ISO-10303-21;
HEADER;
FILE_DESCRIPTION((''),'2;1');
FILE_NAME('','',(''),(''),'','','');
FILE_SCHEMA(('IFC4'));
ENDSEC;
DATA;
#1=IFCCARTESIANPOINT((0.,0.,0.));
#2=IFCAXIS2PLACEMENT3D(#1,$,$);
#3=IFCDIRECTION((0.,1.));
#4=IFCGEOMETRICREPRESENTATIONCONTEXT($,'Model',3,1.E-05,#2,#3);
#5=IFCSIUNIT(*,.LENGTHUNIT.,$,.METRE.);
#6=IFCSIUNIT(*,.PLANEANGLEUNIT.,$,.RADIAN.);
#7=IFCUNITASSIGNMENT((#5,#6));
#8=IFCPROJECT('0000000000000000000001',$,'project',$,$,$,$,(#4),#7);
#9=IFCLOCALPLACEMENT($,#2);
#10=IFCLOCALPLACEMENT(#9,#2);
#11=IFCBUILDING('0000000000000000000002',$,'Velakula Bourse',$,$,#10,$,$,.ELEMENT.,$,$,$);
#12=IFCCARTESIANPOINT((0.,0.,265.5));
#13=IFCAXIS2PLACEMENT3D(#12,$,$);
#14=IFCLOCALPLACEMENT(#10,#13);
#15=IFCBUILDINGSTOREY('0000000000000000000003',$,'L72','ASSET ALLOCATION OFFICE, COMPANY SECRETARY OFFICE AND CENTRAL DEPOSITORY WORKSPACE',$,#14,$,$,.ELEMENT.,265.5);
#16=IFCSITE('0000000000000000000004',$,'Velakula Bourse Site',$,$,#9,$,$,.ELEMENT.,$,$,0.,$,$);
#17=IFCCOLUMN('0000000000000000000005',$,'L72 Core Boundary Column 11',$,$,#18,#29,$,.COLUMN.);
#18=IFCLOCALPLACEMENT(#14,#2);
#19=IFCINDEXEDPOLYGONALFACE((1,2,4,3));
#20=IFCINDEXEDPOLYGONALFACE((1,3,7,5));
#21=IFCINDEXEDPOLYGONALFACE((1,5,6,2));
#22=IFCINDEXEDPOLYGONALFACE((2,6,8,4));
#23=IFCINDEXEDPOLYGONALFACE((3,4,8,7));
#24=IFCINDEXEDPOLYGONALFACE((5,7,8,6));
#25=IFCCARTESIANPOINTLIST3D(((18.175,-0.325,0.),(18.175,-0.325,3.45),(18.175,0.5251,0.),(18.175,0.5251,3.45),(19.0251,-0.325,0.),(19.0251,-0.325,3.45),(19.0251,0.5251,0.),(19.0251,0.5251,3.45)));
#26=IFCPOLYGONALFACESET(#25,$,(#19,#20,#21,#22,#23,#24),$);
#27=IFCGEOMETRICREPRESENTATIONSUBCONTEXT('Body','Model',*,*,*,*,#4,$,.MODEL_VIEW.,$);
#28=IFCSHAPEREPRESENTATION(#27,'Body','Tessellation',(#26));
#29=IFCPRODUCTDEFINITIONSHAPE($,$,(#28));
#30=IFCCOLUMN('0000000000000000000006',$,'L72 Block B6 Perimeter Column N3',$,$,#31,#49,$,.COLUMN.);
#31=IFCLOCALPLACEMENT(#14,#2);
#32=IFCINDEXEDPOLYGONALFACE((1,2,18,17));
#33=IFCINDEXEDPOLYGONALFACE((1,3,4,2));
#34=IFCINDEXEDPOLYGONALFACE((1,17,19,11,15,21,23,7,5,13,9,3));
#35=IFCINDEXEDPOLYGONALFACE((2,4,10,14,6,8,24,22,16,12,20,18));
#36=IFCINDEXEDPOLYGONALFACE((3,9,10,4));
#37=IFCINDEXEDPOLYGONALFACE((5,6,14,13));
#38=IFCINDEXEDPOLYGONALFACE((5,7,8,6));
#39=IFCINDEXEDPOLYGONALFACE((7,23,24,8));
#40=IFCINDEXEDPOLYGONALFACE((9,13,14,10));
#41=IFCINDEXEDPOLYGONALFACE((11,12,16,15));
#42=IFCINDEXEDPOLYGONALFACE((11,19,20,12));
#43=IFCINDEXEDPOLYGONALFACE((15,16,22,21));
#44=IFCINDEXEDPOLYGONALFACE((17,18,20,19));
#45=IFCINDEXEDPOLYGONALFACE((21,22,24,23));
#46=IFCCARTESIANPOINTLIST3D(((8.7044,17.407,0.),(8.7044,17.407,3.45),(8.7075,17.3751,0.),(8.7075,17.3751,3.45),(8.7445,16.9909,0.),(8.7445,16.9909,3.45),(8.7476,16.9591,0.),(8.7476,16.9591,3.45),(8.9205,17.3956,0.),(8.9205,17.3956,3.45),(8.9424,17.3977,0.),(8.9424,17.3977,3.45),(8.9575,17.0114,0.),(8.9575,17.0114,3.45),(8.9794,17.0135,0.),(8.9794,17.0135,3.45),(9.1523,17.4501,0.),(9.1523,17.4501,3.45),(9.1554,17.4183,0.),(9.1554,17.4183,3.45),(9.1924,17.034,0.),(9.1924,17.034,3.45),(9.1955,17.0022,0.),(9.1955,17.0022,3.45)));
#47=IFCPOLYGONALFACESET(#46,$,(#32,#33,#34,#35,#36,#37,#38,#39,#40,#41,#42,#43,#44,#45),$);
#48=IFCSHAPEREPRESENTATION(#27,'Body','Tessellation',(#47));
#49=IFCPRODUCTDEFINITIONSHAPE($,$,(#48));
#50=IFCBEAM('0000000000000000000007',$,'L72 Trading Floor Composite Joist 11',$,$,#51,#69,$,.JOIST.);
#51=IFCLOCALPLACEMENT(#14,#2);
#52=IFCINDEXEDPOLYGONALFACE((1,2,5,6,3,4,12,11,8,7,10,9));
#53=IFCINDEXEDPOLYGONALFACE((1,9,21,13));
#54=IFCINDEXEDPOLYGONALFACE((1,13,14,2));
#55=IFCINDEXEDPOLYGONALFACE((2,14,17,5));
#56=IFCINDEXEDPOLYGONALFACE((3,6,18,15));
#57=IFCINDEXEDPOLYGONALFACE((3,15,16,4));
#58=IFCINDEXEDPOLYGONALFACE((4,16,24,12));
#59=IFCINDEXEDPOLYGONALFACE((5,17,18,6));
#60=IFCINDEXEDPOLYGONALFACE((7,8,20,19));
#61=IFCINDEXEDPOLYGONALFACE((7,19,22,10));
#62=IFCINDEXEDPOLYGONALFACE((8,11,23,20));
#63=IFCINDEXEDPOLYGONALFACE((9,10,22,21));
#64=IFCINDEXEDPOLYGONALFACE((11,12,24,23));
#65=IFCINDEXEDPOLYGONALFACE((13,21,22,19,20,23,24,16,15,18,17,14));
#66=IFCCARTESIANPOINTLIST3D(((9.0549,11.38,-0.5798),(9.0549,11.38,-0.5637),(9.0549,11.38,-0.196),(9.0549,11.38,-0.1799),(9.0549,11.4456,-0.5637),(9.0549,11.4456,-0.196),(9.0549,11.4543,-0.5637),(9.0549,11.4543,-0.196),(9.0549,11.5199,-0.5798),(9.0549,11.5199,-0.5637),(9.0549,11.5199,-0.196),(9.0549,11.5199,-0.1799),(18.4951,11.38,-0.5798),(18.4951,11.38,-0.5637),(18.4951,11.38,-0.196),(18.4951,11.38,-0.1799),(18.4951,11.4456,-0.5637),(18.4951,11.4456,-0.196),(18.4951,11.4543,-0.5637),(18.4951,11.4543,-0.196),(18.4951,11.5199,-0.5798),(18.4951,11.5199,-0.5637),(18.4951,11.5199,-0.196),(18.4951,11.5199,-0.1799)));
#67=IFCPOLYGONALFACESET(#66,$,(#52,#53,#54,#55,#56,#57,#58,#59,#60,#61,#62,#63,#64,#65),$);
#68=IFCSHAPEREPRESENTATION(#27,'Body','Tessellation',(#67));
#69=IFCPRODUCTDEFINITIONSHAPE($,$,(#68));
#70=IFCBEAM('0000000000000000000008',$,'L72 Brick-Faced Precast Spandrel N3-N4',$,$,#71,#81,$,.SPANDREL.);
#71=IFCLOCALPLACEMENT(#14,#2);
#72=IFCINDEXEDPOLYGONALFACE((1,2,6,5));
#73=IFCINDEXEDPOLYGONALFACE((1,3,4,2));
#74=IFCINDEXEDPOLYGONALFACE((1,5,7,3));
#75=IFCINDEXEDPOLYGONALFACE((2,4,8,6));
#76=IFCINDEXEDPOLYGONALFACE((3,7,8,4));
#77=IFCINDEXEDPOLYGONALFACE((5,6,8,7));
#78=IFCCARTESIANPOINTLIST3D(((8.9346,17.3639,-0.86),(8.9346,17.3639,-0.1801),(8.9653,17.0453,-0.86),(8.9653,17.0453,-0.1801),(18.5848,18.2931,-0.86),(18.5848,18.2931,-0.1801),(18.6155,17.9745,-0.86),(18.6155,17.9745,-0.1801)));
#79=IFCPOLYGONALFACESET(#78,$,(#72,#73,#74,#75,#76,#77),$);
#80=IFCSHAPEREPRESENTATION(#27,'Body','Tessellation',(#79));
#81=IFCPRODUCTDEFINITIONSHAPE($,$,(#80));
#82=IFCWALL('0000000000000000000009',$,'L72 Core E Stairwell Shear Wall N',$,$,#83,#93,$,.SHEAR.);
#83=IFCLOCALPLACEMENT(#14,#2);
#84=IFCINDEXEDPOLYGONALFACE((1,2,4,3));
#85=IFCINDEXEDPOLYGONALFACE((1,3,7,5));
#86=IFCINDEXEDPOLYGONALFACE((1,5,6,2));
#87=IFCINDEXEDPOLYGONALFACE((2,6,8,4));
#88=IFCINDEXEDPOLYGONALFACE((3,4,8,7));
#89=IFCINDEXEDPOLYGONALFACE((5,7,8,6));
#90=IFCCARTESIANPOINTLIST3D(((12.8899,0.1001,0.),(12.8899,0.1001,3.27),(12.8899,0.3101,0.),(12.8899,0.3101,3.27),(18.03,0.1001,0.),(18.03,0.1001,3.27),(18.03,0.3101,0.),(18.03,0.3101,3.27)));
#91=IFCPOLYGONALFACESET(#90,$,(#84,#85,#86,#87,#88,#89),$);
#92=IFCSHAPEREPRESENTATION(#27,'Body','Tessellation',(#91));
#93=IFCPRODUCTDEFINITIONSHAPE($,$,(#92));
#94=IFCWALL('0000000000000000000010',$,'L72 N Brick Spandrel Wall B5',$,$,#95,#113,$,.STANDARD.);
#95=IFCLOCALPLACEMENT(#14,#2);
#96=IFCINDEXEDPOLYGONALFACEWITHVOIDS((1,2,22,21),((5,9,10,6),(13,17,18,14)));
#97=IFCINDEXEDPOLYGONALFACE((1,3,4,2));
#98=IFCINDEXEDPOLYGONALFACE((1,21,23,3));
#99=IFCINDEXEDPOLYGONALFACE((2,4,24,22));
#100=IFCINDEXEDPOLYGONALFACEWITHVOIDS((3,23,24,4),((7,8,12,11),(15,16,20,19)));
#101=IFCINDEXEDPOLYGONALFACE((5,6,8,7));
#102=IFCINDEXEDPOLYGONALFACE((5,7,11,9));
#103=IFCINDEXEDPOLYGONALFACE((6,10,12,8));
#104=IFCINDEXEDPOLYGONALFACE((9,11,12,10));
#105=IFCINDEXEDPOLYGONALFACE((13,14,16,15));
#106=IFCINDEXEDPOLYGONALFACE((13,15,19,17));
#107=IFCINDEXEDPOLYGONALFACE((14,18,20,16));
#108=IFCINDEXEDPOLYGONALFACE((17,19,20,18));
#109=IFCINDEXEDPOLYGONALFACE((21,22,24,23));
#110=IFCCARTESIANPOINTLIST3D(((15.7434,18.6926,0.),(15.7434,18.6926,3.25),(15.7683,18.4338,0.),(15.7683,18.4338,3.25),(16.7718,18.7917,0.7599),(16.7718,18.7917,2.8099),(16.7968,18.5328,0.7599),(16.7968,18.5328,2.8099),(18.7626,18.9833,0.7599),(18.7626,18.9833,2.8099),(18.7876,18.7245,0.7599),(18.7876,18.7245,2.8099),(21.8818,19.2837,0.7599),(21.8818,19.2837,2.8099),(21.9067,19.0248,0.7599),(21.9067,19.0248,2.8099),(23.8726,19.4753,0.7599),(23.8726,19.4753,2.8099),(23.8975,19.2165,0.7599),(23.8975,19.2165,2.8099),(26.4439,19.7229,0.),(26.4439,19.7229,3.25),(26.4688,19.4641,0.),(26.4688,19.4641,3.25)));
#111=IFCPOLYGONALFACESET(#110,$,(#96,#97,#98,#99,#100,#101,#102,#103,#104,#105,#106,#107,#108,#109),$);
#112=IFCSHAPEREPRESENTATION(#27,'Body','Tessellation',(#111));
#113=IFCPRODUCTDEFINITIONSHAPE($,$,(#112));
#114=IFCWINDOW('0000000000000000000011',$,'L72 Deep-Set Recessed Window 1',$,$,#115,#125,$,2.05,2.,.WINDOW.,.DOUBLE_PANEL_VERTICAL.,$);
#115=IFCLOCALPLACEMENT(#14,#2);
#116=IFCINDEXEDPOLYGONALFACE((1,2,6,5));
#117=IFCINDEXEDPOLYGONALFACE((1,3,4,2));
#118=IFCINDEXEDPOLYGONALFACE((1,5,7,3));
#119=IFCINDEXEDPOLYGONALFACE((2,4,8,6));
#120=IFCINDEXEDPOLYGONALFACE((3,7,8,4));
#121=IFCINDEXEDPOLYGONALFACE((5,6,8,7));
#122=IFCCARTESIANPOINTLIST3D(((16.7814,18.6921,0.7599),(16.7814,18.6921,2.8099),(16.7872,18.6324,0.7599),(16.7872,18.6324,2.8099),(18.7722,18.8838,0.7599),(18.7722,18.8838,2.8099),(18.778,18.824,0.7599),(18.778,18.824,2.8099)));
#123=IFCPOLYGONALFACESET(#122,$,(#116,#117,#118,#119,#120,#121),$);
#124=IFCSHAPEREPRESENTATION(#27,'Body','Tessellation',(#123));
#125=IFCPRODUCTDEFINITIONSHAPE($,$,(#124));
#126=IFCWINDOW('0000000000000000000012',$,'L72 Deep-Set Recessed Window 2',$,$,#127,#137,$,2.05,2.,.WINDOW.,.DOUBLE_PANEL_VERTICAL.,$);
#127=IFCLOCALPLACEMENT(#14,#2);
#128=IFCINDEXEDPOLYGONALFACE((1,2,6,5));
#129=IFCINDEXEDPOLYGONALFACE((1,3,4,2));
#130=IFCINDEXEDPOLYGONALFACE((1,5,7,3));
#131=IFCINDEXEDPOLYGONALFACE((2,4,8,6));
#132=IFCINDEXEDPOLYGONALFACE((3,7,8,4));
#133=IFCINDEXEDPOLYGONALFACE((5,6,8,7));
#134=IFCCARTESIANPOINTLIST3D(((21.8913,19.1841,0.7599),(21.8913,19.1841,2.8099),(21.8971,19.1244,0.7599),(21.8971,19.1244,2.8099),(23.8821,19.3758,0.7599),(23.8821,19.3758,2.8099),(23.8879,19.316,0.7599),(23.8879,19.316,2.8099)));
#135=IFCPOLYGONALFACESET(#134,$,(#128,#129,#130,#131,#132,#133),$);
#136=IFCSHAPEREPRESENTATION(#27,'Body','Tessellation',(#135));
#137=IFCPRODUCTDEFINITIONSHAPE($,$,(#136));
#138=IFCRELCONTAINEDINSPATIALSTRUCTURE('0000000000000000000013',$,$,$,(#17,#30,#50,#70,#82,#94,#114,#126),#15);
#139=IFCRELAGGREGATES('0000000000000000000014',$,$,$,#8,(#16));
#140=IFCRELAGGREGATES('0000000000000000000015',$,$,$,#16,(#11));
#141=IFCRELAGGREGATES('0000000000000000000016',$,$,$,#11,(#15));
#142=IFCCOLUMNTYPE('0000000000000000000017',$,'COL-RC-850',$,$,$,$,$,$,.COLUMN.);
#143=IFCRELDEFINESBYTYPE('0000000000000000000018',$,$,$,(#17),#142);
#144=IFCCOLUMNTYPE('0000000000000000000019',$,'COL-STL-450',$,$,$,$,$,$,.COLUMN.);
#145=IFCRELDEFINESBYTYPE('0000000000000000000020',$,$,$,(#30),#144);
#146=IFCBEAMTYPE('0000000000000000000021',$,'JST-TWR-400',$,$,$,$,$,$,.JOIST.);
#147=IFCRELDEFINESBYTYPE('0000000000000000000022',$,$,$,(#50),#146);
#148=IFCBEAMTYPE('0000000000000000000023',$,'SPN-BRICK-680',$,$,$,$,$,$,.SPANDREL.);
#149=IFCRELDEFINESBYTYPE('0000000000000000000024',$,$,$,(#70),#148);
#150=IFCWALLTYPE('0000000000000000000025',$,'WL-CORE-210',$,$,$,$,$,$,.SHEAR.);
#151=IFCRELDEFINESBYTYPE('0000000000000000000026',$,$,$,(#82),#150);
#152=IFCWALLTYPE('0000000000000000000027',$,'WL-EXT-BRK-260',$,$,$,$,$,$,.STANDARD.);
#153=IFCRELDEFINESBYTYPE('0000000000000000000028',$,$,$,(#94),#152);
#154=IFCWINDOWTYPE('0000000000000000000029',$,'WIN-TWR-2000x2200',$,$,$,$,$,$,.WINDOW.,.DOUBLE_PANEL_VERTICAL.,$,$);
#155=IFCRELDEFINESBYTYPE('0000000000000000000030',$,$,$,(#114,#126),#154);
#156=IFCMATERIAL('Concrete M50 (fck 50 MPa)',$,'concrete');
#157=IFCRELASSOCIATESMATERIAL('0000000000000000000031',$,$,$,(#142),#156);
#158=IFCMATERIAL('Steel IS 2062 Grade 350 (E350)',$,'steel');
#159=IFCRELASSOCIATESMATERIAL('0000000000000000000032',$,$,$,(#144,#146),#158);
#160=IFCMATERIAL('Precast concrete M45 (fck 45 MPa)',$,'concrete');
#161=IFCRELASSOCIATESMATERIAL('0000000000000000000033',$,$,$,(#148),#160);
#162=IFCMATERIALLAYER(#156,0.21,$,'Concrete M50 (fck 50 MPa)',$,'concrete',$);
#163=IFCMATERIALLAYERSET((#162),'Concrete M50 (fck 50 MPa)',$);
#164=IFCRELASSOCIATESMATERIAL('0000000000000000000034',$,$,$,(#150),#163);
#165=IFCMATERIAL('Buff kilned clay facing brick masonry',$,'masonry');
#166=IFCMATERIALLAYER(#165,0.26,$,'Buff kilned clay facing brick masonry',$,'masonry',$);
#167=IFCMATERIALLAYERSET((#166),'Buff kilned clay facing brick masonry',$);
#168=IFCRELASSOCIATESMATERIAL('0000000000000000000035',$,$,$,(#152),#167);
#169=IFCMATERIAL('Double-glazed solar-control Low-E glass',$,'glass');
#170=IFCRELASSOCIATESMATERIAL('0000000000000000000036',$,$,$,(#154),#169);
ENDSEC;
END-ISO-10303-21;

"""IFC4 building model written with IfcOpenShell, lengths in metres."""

from ifc_helpers import new_model, si_unit, direction, frame, frame_2d, origin, origin_2d, place, context, subcontext, project, spatial, rectangle, i_section, extrude, material, layer, layer_set, material_profile, profile_set, type_object, element, fill, save


model = new_model("IFC4")

# Units and contexts
model_context = context("Model", 3, precision=1e-05, world=origin(), true_north=direction((0.0, 1.0)))
body_context = subcontext(model_context, "Body", "Model", "MODEL_VIEW")
ifc_project = project(units=[si_unit("LENGTHUNIT", "METRE"), si_unit("PLANEANGLEUNIT", "RADIAN")], contexts=[model_context])

# Site, building, storey
site_placement = place(None, origin())
site = spatial("IfcSite", under=ifc_project, at=site_placement, Name="Velakula Bourse Site", CompositionType="ELEMENT", RefElevation=0.0)
building_placement = place(site_placement, origin())
building = spatial("IfcBuilding", under=site, at=building_placement, Name="Velakula Bourse", CompositionType="ELEMENT")
storey_placement = place(building_placement, frame((0.0, 0.0, 265.5)))
storey = spatial("IfcBuildingStorey", under=building, at=storey_placement, Name="L72", Description="ASSET ALLOCATION OFFICE, COMPANY SECRETARY OFFICE AND CENTRAL DEPOSITORY WORKSPACE", CompositionType="ELEMENT", Elevation=265.5)

# Columns
ifc_material_1 = material(Name="Concrete M50 (fck 50 MPa)", Category="concrete")
ifc_material_profile_1 = material_profile(ifc_material_1, rectangle(XDim=0.8501, YDim=0.8501, at=origin_2d()), Name="Concrete M50 (fck 50 MPa)")
ifc_profile_set_1 = profile_set([ifc_material_profile_1], Name="Concrete M50 (fck 50 MPa)")
column_type_1 = type_object("IfcColumnType", Name="COL-RC-850", PredefinedType="COLUMN", material=ifc_profile_set_1)
column_1_placement = place(storey_placement, frame((18.6001, 0.1001, 0.0), z_axis=(0.0, 0.0, 1.0), x_axis=(1.0, 0.0, 0.0)))
element("IfcColumn", 1, at=column_1_placement, inside=storey, type_object=column_type_1, Name="L72 Core Boundary Column 11", PredefinedType="COLUMN", context=body_context, shape_type="SweptSolid", body=[
    extrude(rectangle(XDim=0.8501, YDim=0.8501, at=origin_2d()), origin(), (0.0, 0.0, 1.0), 3.45),
])
ifc_material_2 = material(Name="Steel IS 2062 Grade 350 (E350)", Category="steel")
ifc_material_profile_2 = material_profile(ifc_material_2, i_section(OverallWidth=0.45, OverallDepth=0.45, WebThickness=0.022, FlangeThickness=0.032, at=origin_2d()), Name="Steel IS 2062 Grade 350 (E350)")
ifc_profile_set_2 = profile_set([ifc_material_profile_2], Name="Steel IS 2062 Grade 350 (E350)")
column_type_2 = type_object("IfcColumnType", Name="COL-STL-450", PredefinedType="COLUMN", material=ifc_profile_set_2)
column_2_placement = place(storey_placement, frame((8.95, 17.2046, 0.0), z_axis=(0.0, 0.0, 1.0), x_axis=(0.995396, 0.095846, 0.0)))
element("IfcColumn", 2, at=column_2_placement, inside=storey, type_object=column_type_2, Name="L72 Block B6 Perimeter Column N3", PredefinedType="COLUMN", context=body_context, shape_type="SweptSolid", body=[
    extrude(i_section(OverallWidth=0.45, OverallDepth=0.45, WebThickness=0.022, FlangeThickness=0.032, at=origin_2d()), origin(), (0.0, 0.0, 1.0), 3.45),
])

# Beams
ifc_material_profile_3 = material_profile(ifc_material_2, i_section(OverallWidth=0.1399, OverallDepth=0.3999, WebThickness=0.0088, FlangeThickness=0.0161, at=origin_2d()), Name="Steel IS 2062 Grade 350 (E350)")
ifc_profile_set_3 = profile_set([ifc_material_profile_3], Name="Steel IS 2062 Grade 350 (E350)")
beam_type_1 = type_object("IfcBeamType", Name="JST-TWR-400", PredefinedType="JOIST", material=ifc_profile_set_3)
beam_1_placement = place(storey_placement, frame((9.0549, 11.45, -0.3799), z_axis=(1.0, 0.0, 0.0), x_axis=(0.0, 1.0, 0.0)))
element("IfcBeam", 3, at=beam_1_placement, inside=storey, type_object=beam_type_1, Name="L72 Trading Floor Composite Joist 11", PredefinedType="JOIST", context=body_context, shape_type="SweptSolid", body=[
    extrude(i_section(OverallWidth=0.1399, OverallDepth=0.3999, WebThickness=0.0088, FlangeThickness=0.0161, at=origin_2d()), origin(), (0.0, 0.0, 1.0), 9.4402),
])
ifc_material_3 = material(Name="Precast concrete M45 (fck 45 MPa)", Category="concrete")
ifc_material_profile_4 = material_profile(ifc_material_3, rectangle(XDim=0.3201, YDim=0.6799, at=origin_2d()), Name="Precast concrete M45 (fck 45 MPa)")
ifc_profile_set_4 = profile_set([ifc_material_profile_4], Name="Precast concrete M45 (fck 45 MPa)")
beam_type_2 = type_object("IfcBeamType", Name="SPN-BRICK-680", PredefinedType="SPANDREL", material=ifc_profile_set_4)
beam_2_placement = place(storey_placement, frame((8.95, 17.2046, -0.52), z_axis=(0.995396, 0.095845, 0.0), x_axis=(-0.095845, 0.995396, 0.0)))
element("IfcBeam", 4, at=beam_2_placement, inside=storey, type_object=beam_type_2, Name="L72 Brick-Faced Precast Spandrel N3-N4", PredefinedType="SPANDREL", context=body_context, shape_type="SweptSolid", body=[
    extrude(rectangle(XDim=0.3201, YDim=0.6799, at=origin_2d()), origin(), (0.0, 0.0, 1.0), 9.6948),
])

# Wall
ifc_layer_1 = layer(ifc_material_1, 0.21, Name="Concrete M50 (fck 50 MPa)", Category="concrete")
ifc_layer_set_1 = layer_set([ifc_layer_1], Name="Concrete M50 (fck 50 MPa)")
wall_type_1 = type_object("IfcWallType", Name="WL-CORE-210", PredefinedType="SHEAR", material=ifc_layer_set_1)
wall_1_placement = place(storey_placement, frame((18.03, 0.2051, 0.0), z_axis=(0.0, 0.0, 1.0), x_axis=(-1.0, 0.0, 0.0)))
element("IfcWall", 5, at=wall_1_placement, inside=storey, type_object=wall_type_1, Name="L72 Core E Stairwell Shear Wall N", PredefinedType="SHEAR", context=body_context, shape_type="SweptSolid", body=[
    extrude(rectangle(XDim=5.1401, YDim=0.21, at=frame_2d((2.5701, 0.0))), origin(), (0.0, 0.0, 1.0), 3.27),
])

# Wall, openings, windows
ifc_material_4 = material(Name="Buff kilned clay facing brick masonry", Category="masonry")
ifc_layer_2 = layer(ifc_material_4, 0.26, Name="Buff kilned clay facing brick masonry", Category="masonry")
ifc_layer_set_2 = layer_set([ifc_layer_2], Name="Buff kilned clay facing brick masonry")
wall_type_2 = type_object("IfcWallType", Name="WL-EXT-BRK-260", PredefinedType="STANDARD", material=ifc_layer_set_2)
wall_2_placement = place(storey_placement, frame((15.7559, 18.5632, 0.0), z_axis=(0.0, 0.0, 1.0), x_axis=(0.995397, 0.09584, 0.0)))
wall_2 = element("IfcWall", 6, at=wall_2_placement, inside=storey, type_object=wall_type_2, Name="L72 N Brick Spandrel Wall B5", PredefinedType="STANDARD", context=body_context, shape_type="SweptSolid", body=[
    extrude(rectangle(XDim=10.75, YDim=0.26, at=frame_2d((5.375, 0.0))), origin(), (0.0, 0.0, 1.0), 3.25),
])
opening_1_placement = place(wall_2_placement, frame((1.0332, 0.0, 0.76)))
opening_1 = element("IfcOpeningElement", 7, at=opening_1_placement, cuts=wall_2, PredefinedType="OPENING", context=body_context, shape_type="SweptSolid", body=[
    extrude(rectangle(XDim=2.0, YDim=2.05, at=frame_2d((1.0, 1.0249))), frame((0.0, 0.1399, 0.0), z_axis=(0.0, -1.0, 0.0), x_axis=(1.0, 0.0, 0.0)), (0.0, 0.0, 1.0), 0.28),
])
opening_2_placement = place(wall_2_placement, frame((6.1667, 0.0, 0.76)))
opening_2 = element("IfcOpeningElement", 8, at=opening_2_placement, cuts=wall_2, PredefinedType="OPENING", context=body_context, shape_type="SweptSolid", body=[
    extrude(rectangle(XDim=2.0, YDim=2.05, at=frame_2d((1.0, 1.0249))), frame((0.0, 0.1399, 0.0), z_axis=(0.0, -1.0, 0.0), x_axis=(1.0, 0.0, 0.0)), (0.0, 0.0, 1.0), 0.28),
])
ifc_material_5 = material(Name="Double-glazed solar-control Low-E glass", Category="glass")
window_type = type_object("IfcWindowType", Name="WIN-TWR-2000x2200", PartitioningType="DOUBLE_PANEL_VERTICAL", PredefinedType="WINDOW", material=ifc_material_5)
window_1_placement = place(opening_1_placement, origin())
window_1 = element("IfcWindow", 9, at=window_1_placement, inside=storey, type_object=window_type, Name="L72 Deep-Set Recessed Window 1", OverallHeight=2.05, OverallWidth=2.0, PartitioningType="DOUBLE_PANEL_VERTICAL", PredefinedType="WINDOW", context=body_context, shape_type="SweptSolid", body=[
    extrude(rectangle(XDim=2.0, YDim=2.05, at=frame_2d((1.0, 1.0249))), frame((0.0, 0.03, 0.0), z_axis=(0.0, -1.0, 0.0), x_axis=(1.0, 0.0, 0.0)), (0.0, 0.0, 1.0), 0.0601),
])
fill(opening_1, window_1)
window_2_placement = place(opening_2_placement, origin())
window_2 = element("IfcWindow", 10, at=window_2_placement, inside=storey, type_object=window_type, Name="L72 Deep-Set Recessed Window 2", OverallHeight=2.05, OverallWidth=2.0, PartitioningType="DOUBLE_PANEL_VERTICAL", PredefinedType="WINDOW", context=body_context, shape_type="SweptSolid", body=[
    extrude(rectangle(XDim=2.0, YDim=2.05, at=frame_2d((1.0, 1.0249))), frame((0.0, 0.03, 0.0), z_axis=(0.0, -1.0, 0.0), x_axis=(1.0, 0.0, 0.0)), (0.0, 0.0, 1.0), 0.0601),
])
fill(opening_2, window_2)

save(model, "model.ifc")
